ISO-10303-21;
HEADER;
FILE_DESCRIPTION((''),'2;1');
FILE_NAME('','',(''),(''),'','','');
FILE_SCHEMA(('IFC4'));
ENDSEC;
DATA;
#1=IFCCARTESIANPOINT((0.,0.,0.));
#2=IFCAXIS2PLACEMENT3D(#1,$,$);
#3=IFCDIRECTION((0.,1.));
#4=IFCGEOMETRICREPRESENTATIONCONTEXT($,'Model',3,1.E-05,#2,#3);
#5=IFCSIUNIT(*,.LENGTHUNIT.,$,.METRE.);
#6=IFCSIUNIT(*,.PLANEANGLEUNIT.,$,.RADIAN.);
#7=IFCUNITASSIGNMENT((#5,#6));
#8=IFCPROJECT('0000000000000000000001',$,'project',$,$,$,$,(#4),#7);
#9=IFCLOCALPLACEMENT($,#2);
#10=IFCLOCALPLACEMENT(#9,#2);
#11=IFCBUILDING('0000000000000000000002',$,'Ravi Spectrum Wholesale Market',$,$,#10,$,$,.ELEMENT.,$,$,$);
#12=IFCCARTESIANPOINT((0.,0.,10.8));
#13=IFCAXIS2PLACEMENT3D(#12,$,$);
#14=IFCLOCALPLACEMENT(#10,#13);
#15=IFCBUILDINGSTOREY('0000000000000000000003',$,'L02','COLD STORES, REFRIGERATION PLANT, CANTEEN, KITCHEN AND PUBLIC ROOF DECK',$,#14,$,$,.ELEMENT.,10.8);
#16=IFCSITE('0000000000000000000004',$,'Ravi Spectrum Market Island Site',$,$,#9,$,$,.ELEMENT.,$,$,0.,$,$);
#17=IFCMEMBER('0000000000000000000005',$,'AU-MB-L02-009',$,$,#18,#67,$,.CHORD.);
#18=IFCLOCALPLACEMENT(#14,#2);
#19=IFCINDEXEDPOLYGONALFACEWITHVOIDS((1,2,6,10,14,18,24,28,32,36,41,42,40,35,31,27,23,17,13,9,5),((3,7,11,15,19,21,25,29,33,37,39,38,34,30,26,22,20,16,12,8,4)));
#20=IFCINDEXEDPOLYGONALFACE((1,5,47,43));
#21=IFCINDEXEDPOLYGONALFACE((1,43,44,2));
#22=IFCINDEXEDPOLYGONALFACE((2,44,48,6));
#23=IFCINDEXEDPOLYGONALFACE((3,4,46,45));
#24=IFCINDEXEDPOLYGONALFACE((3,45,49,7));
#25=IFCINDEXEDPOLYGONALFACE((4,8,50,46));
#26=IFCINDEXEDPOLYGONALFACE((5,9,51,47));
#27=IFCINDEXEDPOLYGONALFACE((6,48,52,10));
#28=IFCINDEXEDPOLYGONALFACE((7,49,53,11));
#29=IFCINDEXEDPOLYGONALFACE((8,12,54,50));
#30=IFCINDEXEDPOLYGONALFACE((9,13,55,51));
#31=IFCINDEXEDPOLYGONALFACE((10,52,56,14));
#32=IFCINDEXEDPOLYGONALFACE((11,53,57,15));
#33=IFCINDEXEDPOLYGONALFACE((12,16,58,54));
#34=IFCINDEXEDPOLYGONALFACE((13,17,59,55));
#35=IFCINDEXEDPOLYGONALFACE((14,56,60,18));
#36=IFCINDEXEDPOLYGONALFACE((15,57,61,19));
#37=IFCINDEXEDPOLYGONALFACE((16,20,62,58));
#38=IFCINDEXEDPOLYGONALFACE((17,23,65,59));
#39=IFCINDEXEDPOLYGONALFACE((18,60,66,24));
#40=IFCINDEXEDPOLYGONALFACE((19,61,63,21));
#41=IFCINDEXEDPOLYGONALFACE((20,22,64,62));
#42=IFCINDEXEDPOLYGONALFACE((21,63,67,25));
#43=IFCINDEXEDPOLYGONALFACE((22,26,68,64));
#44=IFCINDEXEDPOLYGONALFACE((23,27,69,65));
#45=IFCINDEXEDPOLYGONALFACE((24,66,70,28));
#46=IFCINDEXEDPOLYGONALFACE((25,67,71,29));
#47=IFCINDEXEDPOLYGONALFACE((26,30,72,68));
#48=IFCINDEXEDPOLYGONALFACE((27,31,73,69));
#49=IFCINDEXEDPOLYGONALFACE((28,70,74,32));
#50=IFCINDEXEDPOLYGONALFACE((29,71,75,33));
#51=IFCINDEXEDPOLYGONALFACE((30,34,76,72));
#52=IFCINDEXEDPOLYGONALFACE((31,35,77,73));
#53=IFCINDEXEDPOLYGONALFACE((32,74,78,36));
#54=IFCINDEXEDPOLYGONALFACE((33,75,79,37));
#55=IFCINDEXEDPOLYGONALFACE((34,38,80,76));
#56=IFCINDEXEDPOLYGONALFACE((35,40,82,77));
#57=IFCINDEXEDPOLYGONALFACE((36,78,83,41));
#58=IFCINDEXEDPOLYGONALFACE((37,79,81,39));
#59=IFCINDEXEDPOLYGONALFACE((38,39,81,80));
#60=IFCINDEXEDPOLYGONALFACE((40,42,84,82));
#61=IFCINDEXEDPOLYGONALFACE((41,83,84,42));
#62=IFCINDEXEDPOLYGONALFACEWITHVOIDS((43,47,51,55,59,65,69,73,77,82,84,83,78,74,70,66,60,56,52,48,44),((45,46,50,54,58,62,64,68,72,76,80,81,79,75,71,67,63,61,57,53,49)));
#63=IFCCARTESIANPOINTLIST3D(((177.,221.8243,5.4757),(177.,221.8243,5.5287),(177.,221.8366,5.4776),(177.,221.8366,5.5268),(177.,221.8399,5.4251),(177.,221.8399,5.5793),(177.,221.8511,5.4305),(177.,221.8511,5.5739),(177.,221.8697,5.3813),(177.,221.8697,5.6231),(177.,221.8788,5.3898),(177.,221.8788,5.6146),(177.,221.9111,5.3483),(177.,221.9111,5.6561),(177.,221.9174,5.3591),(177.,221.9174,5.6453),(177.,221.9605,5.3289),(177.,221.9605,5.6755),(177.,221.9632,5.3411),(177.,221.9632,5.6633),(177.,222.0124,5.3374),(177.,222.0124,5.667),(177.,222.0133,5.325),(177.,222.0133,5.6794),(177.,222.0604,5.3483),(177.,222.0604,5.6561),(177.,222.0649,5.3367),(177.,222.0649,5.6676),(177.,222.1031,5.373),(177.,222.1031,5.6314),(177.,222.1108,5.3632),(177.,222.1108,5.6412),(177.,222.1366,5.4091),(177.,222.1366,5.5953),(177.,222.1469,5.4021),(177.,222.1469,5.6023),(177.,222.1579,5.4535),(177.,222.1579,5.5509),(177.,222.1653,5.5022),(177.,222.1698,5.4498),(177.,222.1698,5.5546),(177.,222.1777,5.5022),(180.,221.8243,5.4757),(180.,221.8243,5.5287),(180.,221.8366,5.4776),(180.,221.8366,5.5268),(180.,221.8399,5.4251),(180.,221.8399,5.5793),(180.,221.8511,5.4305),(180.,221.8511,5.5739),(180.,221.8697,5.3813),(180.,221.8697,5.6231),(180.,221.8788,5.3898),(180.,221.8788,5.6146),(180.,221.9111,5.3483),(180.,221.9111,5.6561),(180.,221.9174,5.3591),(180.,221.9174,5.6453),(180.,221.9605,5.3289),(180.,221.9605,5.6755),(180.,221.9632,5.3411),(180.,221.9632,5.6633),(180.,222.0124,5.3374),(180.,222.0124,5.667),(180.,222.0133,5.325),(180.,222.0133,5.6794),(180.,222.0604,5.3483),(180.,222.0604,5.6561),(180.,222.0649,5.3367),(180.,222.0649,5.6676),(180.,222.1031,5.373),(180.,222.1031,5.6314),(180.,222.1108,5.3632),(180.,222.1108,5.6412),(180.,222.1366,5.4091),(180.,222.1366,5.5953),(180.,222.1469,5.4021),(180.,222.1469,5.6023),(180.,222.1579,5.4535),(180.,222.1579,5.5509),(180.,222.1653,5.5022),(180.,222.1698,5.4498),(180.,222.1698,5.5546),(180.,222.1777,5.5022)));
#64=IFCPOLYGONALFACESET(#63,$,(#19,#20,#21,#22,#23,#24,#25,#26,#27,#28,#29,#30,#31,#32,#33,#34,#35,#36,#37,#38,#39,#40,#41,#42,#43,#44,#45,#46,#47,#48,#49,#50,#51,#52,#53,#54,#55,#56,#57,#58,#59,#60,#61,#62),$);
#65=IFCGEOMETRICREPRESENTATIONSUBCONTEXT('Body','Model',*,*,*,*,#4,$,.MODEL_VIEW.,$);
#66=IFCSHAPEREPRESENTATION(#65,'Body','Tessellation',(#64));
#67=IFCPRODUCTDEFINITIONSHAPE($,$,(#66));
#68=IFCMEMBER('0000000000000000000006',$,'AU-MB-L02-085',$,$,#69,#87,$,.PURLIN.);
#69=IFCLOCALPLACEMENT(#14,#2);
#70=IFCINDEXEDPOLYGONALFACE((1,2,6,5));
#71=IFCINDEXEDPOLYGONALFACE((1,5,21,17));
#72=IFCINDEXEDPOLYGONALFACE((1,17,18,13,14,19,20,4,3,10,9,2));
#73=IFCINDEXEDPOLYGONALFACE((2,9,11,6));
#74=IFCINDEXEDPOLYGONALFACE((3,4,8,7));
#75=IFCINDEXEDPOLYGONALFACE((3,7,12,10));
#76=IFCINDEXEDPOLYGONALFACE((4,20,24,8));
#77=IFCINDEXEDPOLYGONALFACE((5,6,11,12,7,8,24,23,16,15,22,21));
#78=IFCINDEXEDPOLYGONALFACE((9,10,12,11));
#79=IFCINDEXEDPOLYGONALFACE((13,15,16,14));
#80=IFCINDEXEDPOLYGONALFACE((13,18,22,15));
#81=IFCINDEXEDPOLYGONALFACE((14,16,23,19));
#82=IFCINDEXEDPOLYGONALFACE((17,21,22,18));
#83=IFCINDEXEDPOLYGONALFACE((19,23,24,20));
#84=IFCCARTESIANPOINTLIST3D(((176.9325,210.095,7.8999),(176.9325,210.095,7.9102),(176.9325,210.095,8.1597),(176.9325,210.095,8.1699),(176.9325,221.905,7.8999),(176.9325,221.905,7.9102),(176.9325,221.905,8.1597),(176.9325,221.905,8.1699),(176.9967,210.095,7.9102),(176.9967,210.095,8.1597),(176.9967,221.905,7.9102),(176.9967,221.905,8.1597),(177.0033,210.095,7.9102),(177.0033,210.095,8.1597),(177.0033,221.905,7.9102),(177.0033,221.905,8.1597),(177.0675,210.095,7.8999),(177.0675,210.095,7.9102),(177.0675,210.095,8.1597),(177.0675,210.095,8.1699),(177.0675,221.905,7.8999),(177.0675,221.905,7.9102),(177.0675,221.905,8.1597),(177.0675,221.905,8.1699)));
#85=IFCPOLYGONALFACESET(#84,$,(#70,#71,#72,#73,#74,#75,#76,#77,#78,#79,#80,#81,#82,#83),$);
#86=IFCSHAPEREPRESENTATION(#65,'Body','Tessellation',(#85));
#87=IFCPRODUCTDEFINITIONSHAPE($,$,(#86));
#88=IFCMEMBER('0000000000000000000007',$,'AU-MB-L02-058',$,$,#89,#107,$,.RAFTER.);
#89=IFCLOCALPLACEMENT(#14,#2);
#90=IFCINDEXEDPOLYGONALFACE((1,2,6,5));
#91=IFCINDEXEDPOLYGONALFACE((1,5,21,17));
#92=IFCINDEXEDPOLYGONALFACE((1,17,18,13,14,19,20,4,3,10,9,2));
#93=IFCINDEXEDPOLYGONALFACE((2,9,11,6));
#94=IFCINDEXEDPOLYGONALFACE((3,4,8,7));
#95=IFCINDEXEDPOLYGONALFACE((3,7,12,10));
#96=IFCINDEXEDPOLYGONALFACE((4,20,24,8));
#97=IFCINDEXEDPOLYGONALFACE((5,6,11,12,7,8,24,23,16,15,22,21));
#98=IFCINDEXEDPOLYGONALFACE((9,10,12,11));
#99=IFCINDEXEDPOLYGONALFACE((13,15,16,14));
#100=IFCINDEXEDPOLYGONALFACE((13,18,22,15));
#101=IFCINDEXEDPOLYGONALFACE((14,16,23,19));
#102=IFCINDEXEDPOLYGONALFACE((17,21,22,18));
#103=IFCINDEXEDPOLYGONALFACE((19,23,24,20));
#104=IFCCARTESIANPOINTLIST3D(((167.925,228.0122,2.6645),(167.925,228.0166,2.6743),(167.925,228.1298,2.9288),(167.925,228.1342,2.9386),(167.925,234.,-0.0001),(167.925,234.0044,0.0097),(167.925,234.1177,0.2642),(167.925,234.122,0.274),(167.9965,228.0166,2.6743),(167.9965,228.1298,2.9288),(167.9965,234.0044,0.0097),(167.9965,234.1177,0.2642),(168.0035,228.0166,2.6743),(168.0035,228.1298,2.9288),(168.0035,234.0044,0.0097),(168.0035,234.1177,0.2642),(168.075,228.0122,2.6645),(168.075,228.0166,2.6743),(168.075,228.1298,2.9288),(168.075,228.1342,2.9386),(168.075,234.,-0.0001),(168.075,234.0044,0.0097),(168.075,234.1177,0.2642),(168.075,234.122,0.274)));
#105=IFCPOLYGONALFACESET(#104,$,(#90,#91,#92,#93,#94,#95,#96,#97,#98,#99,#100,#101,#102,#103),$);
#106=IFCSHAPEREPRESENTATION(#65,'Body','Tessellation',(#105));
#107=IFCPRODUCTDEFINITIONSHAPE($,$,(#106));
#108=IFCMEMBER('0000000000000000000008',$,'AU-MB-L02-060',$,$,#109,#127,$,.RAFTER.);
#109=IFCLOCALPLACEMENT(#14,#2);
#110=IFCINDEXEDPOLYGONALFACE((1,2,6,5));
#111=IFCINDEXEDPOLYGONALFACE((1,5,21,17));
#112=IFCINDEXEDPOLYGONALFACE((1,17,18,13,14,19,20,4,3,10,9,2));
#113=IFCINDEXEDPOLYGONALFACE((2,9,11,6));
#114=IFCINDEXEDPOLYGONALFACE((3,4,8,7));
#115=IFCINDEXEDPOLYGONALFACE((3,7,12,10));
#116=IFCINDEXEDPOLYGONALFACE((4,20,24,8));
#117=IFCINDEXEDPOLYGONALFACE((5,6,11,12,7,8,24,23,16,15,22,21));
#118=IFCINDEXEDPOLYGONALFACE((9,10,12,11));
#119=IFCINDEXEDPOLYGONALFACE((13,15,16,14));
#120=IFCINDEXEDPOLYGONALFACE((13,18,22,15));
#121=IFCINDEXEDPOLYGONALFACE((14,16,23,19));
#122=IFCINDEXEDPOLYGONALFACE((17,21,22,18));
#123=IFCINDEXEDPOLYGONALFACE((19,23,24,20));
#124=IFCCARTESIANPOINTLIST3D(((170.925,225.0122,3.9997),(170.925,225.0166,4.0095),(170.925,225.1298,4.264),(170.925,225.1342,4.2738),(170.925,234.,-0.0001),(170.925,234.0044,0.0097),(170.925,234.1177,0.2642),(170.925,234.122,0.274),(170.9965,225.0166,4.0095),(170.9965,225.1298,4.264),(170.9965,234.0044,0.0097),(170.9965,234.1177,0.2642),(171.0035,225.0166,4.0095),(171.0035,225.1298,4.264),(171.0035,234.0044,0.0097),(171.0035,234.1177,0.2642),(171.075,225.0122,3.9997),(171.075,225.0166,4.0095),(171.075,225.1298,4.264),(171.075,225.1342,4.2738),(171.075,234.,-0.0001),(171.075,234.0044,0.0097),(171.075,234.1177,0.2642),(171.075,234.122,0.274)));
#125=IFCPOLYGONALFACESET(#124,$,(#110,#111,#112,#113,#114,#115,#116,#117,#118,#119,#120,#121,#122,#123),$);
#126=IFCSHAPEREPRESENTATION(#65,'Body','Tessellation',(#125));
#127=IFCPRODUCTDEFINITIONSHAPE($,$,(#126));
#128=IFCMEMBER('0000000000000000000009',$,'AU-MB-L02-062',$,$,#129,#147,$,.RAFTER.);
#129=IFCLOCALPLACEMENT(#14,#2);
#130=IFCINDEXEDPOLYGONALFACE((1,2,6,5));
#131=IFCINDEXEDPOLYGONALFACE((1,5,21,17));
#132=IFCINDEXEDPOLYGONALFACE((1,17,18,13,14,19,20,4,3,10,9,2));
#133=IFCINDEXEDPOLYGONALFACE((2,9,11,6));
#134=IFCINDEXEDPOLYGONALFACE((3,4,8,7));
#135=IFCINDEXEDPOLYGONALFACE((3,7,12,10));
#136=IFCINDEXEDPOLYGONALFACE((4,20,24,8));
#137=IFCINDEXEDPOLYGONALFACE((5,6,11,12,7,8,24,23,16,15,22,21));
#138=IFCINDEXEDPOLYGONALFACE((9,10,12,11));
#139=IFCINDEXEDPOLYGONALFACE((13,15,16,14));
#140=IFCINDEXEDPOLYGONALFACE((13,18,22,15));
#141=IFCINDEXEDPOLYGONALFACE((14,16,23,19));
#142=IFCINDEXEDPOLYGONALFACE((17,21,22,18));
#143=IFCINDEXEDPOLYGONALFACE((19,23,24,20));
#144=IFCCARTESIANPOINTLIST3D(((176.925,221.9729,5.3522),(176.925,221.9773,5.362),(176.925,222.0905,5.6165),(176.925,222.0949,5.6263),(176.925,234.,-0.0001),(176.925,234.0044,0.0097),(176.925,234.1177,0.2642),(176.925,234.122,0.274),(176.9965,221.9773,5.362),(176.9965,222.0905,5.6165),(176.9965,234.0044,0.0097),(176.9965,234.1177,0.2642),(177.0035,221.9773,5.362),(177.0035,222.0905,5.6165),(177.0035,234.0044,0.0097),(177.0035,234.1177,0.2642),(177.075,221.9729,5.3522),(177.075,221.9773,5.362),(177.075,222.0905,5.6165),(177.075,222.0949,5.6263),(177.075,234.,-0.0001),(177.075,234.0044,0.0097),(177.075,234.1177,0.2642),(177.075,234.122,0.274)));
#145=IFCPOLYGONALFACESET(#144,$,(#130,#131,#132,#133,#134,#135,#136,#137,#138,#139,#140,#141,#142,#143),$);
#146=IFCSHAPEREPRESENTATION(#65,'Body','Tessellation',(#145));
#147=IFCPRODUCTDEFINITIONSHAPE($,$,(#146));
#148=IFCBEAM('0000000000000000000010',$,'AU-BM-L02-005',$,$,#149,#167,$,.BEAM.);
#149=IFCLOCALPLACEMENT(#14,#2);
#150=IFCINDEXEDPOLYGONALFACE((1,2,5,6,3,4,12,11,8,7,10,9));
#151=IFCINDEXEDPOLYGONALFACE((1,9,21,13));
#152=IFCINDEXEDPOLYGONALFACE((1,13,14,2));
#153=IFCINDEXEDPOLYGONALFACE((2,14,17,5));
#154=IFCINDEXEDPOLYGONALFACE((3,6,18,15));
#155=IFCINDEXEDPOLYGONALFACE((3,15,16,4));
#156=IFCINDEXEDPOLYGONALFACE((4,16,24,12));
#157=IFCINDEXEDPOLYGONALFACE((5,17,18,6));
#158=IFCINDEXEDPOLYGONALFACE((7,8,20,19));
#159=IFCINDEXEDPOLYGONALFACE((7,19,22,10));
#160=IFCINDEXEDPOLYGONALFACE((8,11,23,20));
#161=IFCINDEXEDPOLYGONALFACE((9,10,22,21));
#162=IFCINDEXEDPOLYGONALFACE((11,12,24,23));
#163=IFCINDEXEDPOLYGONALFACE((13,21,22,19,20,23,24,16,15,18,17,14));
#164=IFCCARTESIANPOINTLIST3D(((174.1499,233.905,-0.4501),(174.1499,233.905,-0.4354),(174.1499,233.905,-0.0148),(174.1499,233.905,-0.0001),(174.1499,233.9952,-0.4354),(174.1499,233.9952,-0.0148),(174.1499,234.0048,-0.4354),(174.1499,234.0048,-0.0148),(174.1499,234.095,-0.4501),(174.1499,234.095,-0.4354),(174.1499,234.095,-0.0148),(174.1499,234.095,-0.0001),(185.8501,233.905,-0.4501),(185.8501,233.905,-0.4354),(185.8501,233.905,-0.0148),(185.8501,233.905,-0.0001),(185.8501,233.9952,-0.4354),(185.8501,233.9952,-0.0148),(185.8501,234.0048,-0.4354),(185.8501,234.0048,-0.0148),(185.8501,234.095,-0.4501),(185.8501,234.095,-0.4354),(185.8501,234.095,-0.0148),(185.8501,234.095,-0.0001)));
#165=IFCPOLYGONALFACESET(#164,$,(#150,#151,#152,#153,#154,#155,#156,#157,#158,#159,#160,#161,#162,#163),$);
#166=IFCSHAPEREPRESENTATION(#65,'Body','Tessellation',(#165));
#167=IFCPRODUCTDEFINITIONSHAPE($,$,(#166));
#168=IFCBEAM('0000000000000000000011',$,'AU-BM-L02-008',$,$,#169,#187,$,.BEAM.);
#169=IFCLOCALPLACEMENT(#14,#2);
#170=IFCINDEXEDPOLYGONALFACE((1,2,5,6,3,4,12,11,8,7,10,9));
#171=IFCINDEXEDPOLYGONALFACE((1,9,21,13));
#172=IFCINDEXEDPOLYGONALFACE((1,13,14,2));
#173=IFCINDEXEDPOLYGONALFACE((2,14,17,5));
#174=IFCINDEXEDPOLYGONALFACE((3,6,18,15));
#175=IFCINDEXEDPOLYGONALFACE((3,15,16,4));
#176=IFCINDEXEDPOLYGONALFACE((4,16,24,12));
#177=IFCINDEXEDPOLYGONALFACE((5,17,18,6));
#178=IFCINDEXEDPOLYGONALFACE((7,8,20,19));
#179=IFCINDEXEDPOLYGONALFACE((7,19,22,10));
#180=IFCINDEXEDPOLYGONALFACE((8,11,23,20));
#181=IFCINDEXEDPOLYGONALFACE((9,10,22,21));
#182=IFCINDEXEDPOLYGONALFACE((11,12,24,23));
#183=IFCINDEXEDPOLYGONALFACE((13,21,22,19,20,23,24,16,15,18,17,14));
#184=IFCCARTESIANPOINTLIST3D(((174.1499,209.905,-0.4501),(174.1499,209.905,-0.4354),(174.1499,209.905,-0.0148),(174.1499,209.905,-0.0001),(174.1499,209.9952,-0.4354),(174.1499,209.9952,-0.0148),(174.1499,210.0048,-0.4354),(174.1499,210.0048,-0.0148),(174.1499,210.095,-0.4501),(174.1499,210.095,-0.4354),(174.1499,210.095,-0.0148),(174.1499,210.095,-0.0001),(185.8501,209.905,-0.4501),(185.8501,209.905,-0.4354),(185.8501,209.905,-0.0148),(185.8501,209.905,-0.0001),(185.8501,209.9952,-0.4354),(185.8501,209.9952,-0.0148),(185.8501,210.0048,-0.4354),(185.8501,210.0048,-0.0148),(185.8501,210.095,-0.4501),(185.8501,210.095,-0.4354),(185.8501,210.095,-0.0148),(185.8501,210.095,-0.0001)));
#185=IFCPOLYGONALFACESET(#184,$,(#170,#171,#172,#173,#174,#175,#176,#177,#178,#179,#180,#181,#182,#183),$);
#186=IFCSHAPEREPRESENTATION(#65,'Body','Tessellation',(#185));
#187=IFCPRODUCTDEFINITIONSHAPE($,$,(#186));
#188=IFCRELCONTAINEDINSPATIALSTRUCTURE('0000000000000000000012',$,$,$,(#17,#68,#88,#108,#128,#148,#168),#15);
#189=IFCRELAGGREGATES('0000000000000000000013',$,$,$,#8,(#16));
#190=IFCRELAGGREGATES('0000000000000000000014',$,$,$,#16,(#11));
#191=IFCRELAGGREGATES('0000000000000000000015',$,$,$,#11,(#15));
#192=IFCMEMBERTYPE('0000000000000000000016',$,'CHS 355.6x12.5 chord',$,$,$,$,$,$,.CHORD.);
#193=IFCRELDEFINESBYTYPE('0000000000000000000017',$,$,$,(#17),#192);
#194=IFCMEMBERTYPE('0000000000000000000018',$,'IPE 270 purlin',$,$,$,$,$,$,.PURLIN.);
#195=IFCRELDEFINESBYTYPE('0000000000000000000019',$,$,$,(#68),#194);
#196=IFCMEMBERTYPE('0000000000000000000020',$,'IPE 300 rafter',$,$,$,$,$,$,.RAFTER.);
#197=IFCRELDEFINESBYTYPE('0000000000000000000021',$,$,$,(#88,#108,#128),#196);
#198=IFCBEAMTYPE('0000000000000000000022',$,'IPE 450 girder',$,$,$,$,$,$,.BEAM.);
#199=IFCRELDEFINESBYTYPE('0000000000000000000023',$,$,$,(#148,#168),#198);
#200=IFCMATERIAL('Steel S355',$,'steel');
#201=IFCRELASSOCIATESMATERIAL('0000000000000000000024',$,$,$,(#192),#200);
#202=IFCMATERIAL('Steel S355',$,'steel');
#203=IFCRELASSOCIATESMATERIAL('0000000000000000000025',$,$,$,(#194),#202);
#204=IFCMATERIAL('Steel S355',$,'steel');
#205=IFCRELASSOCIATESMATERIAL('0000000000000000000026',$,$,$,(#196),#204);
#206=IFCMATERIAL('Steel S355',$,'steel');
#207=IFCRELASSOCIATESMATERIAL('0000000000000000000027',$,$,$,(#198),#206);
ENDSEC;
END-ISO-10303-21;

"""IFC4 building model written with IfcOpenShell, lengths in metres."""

from ifc_helpers import new_model, si_unit, direction, frame, origin, origin_2d, place, context, subcontext, project, spatial, hollow_circle, i_section, extrude, material, material_profile, profile_set, type_object, element, save


model = new_model("IFC4")

# Units and contexts
model_context = context("Model", 3, precision=1e-05, world=origin(), true_north=direction((0.0, 1.0)))
body_context = subcontext(model_context, "Body", "Model", "MODEL_VIEW")
ifc_project = project(units=[si_unit("LENGTHUNIT", "METRE"), si_unit("PLANEANGLEUNIT", "RADIAN")], contexts=[model_context])

# Site, building, storey
site_placement = place(None, origin())
site = spatial("IfcSite", under=ifc_project, at=site_placement, Name="Ravi Spectrum Market Island Site", CompositionType="ELEMENT", RefElevation=0.0)
building_placement = place(site_placement, origin())
building = spatial("IfcBuilding", under=site, at=building_placement, Name="Ravi Spectrum Wholesale Market", CompositionType="ELEMENT")
storey_placement = place(building_placement, frame((0.0, 0.0, 10.8)))
storey = spatial("IfcBuildingStorey", under=building, at=storey_placement, Name="L02", Description="COLD STORES, REFRIGERATION PLANT, CANTEEN, KITCHEN AND PUBLIC ROOF DECK", CompositionType="ELEMENT", Elevation=10.8)

# Members
ifc_material_1 = material(Name="Steel S355", Category="steel")
ifc_material_profile_1 = material_profile(ifc_material_1, hollow_circle(Radius=0.1777, WallThickness=0.0125, at=origin_2d()))
ifc_profile_set_1 = profile_set([ifc_material_profile_1], Name="Steel S355")
member_type_1 = type_object("IfcMemberType", Name="CHS 355.6x12.5 chord", PredefinedType="CHORD", material=ifc_profile_set_1)
for number, where, z_axis, x_axis, name in (
    (1, (177.0, 222.0, 5.5022), (1.0, 0.0, 0.0), (0.0, 1.0, 0.0), "AU-MB-L02-009"),
):
    element("IfcMember", number, at=place(storey_placement, frame(where, z_axis=z_axis, x_axis=x_axis)), inside=storey, type_object=member_type_1, Name=name, PredefinedType="CHORD", context=body_context, shape_type="SweptSolid", body=[
        extrude(hollow_circle(Radius=0.1777, WallThickness=0.0125, at=origin_2d()), origin(), (0.0, 0.0, 1.0), 3.0),
    ])
ifc_material_2 = material(Name="Steel S355", Category="steel")
ifc_material_profile_2 = material_profile(ifc_material_2, i_section(OverallWidth=0.135, OverallDepth=0.27, WebThickness=0.0066, FlangeThickness=0.0103, at=origin_2d()))
ifc_profile_set_2 = profile_set([ifc_material_profile_2], Name="Steel S355")
member_type_2 = type_object("IfcMemberType", Name="IPE 270 purlin", PredefinedType="PURLIN", material=ifc_profile_set_2)
member_1_placement = place(storey_placement, frame((177.0, 210.095, 8.0349), z_axis=(0.0, 1.0, 0.0), x_axis=(-1.0, 0.0, 0.0)))
element("IfcMember", 2, at=member_1_placement, inside=storey, type_object=member_type_2, Name="AU-MB-L02-085", PredefinedType="PURLIN", context=body_context, shape_type="SweptSolid", body=[
    extrude(i_section(OverallWidth=0.135, OverallDepth=0.27, WebThickness=0.0066, FlangeThickness=0.0103, at=origin_2d()), origin(), (0.0, 0.0, 1.0), 11.8101),
])
ifc_material_3 = material(Name="Steel S355", Category="steel")
ifc_material_profile_3 = material_profile(ifc_material_3, i_section(OverallWidth=0.1499, OverallDepth=0.3, WebThickness=0.0071, FlangeThickness=0.0107, at=origin_2d()))
ifc_profile_set_3 = profile_set([ifc_material_profile_3], Name="Steel S355")
member_type_3 = type_object("IfcMemberType", Name="IPE 300 rafter", PredefinedType="RAFTER", material=ifc_profile_set_3)
member_2_placement = place(storey_placement, frame((168.0, 234.061, 0.137), z_axis=(0.0, -0.913624, 0.40656), x_axis=(1.0, 0.0, 0.0)))
element("IfcMember", 3, at=member_2_placement, inside=storey, type_object=member_type_3, Name="AU-MB-L02-058", PredefinedType="RAFTER", context=body_context, shape_type="SweptSolid", body=[
    extrude(i_section(OverallWidth=0.1499, OverallDepth=0.3, WebThickness=0.0071, FlangeThickness=0.0107, at=origin_2d()), origin(), (0.0, 0.0, 1.0), 6.554),
])
member_3_placement = place(storey_placement, frame((171.0, 234.061, 0.137), z_axis=(0.0, -0.913616, 0.406578), x_axis=(1.0, 0.0, 0.0)))
element("IfcMember", 4, at=member_3_placement, inside=storey, type_object=member_type_3, Name="AU-MB-L02-060", PredefinedType="RAFTER", context=body_context, shape_type="SweptSolid", body=[
    extrude(i_section(OverallWidth=0.1499, OverallDepth=0.3, WebThickness=0.0071, FlangeThickness=0.0107, at=origin_2d()), origin(), (0.0, 0.0, 1.0), 9.8376),
])
member_4_placement = place(storey_placement, frame((177.0, 234.061, 0.137), z_axis=(0.0, -0.913616, 0.406577), x_axis=(1.0, 0.0, 0.0)))
element("IfcMember", 5, at=member_4_placement, inside=storey, type_object=member_type_3, Name="AU-MB-L02-062", PredefinedType="RAFTER", context=body_context, shape_type="SweptSolid", body=[
    extrude(i_section(OverallWidth=0.1499, OverallDepth=0.3, WebThickness=0.0071, FlangeThickness=0.0107, at=origin_2d()), origin(), (0.0, 0.0, 1.0), 13.1643),
])

# Beams
ifc_material_4 = material(Name="Steel S355", Category="steel")
ifc_material_profile_4 = material_profile(ifc_material_4, i_section(OverallWidth=0.1899, OverallDepth=0.45, WebThickness=0.0095, FlangeThickness=0.0146, at=origin_2d()))
ifc_profile_set_4 = profile_set([ifc_material_profile_4], Name="Steel S355")
beam_type = type_object("IfcBeamType", Name="IPE 450 girder", PredefinedType="BEAM", material=ifc_profile_set_4)
for number, where, z_axis, x_axis, name in (
    (6, (174.1499, 234.0, -0.2251), (1.0, 0.0, 0.0), (0.0, 1.0, 0.0), "AU-BM-L02-005"),
    (7, (174.1499, 210.0, -0.2251), (1.0, 0.0, 0.0), (0.0, 1.0, 0.0), "AU-BM-L02-008"),
):
    element("IfcBeam", number, at=place(storey_placement, frame(where, z_axis=z_axis, x_axis=x_axis)), inside=storey, type_object=beam_type, Name=name, PredefinedType="BEAM", context=body_context, shape_type="SweptSolid", body=[
        extrude(i_section(OverallWidth=0.1899, OverallDepth=0.45, WebThickness=0.0095, FlangeThickness=0.0146, at=origin_2d()), origin(), (0.0, 0.0, 1.0), 11.7002),
    ])

save(model, "model.ifc")
